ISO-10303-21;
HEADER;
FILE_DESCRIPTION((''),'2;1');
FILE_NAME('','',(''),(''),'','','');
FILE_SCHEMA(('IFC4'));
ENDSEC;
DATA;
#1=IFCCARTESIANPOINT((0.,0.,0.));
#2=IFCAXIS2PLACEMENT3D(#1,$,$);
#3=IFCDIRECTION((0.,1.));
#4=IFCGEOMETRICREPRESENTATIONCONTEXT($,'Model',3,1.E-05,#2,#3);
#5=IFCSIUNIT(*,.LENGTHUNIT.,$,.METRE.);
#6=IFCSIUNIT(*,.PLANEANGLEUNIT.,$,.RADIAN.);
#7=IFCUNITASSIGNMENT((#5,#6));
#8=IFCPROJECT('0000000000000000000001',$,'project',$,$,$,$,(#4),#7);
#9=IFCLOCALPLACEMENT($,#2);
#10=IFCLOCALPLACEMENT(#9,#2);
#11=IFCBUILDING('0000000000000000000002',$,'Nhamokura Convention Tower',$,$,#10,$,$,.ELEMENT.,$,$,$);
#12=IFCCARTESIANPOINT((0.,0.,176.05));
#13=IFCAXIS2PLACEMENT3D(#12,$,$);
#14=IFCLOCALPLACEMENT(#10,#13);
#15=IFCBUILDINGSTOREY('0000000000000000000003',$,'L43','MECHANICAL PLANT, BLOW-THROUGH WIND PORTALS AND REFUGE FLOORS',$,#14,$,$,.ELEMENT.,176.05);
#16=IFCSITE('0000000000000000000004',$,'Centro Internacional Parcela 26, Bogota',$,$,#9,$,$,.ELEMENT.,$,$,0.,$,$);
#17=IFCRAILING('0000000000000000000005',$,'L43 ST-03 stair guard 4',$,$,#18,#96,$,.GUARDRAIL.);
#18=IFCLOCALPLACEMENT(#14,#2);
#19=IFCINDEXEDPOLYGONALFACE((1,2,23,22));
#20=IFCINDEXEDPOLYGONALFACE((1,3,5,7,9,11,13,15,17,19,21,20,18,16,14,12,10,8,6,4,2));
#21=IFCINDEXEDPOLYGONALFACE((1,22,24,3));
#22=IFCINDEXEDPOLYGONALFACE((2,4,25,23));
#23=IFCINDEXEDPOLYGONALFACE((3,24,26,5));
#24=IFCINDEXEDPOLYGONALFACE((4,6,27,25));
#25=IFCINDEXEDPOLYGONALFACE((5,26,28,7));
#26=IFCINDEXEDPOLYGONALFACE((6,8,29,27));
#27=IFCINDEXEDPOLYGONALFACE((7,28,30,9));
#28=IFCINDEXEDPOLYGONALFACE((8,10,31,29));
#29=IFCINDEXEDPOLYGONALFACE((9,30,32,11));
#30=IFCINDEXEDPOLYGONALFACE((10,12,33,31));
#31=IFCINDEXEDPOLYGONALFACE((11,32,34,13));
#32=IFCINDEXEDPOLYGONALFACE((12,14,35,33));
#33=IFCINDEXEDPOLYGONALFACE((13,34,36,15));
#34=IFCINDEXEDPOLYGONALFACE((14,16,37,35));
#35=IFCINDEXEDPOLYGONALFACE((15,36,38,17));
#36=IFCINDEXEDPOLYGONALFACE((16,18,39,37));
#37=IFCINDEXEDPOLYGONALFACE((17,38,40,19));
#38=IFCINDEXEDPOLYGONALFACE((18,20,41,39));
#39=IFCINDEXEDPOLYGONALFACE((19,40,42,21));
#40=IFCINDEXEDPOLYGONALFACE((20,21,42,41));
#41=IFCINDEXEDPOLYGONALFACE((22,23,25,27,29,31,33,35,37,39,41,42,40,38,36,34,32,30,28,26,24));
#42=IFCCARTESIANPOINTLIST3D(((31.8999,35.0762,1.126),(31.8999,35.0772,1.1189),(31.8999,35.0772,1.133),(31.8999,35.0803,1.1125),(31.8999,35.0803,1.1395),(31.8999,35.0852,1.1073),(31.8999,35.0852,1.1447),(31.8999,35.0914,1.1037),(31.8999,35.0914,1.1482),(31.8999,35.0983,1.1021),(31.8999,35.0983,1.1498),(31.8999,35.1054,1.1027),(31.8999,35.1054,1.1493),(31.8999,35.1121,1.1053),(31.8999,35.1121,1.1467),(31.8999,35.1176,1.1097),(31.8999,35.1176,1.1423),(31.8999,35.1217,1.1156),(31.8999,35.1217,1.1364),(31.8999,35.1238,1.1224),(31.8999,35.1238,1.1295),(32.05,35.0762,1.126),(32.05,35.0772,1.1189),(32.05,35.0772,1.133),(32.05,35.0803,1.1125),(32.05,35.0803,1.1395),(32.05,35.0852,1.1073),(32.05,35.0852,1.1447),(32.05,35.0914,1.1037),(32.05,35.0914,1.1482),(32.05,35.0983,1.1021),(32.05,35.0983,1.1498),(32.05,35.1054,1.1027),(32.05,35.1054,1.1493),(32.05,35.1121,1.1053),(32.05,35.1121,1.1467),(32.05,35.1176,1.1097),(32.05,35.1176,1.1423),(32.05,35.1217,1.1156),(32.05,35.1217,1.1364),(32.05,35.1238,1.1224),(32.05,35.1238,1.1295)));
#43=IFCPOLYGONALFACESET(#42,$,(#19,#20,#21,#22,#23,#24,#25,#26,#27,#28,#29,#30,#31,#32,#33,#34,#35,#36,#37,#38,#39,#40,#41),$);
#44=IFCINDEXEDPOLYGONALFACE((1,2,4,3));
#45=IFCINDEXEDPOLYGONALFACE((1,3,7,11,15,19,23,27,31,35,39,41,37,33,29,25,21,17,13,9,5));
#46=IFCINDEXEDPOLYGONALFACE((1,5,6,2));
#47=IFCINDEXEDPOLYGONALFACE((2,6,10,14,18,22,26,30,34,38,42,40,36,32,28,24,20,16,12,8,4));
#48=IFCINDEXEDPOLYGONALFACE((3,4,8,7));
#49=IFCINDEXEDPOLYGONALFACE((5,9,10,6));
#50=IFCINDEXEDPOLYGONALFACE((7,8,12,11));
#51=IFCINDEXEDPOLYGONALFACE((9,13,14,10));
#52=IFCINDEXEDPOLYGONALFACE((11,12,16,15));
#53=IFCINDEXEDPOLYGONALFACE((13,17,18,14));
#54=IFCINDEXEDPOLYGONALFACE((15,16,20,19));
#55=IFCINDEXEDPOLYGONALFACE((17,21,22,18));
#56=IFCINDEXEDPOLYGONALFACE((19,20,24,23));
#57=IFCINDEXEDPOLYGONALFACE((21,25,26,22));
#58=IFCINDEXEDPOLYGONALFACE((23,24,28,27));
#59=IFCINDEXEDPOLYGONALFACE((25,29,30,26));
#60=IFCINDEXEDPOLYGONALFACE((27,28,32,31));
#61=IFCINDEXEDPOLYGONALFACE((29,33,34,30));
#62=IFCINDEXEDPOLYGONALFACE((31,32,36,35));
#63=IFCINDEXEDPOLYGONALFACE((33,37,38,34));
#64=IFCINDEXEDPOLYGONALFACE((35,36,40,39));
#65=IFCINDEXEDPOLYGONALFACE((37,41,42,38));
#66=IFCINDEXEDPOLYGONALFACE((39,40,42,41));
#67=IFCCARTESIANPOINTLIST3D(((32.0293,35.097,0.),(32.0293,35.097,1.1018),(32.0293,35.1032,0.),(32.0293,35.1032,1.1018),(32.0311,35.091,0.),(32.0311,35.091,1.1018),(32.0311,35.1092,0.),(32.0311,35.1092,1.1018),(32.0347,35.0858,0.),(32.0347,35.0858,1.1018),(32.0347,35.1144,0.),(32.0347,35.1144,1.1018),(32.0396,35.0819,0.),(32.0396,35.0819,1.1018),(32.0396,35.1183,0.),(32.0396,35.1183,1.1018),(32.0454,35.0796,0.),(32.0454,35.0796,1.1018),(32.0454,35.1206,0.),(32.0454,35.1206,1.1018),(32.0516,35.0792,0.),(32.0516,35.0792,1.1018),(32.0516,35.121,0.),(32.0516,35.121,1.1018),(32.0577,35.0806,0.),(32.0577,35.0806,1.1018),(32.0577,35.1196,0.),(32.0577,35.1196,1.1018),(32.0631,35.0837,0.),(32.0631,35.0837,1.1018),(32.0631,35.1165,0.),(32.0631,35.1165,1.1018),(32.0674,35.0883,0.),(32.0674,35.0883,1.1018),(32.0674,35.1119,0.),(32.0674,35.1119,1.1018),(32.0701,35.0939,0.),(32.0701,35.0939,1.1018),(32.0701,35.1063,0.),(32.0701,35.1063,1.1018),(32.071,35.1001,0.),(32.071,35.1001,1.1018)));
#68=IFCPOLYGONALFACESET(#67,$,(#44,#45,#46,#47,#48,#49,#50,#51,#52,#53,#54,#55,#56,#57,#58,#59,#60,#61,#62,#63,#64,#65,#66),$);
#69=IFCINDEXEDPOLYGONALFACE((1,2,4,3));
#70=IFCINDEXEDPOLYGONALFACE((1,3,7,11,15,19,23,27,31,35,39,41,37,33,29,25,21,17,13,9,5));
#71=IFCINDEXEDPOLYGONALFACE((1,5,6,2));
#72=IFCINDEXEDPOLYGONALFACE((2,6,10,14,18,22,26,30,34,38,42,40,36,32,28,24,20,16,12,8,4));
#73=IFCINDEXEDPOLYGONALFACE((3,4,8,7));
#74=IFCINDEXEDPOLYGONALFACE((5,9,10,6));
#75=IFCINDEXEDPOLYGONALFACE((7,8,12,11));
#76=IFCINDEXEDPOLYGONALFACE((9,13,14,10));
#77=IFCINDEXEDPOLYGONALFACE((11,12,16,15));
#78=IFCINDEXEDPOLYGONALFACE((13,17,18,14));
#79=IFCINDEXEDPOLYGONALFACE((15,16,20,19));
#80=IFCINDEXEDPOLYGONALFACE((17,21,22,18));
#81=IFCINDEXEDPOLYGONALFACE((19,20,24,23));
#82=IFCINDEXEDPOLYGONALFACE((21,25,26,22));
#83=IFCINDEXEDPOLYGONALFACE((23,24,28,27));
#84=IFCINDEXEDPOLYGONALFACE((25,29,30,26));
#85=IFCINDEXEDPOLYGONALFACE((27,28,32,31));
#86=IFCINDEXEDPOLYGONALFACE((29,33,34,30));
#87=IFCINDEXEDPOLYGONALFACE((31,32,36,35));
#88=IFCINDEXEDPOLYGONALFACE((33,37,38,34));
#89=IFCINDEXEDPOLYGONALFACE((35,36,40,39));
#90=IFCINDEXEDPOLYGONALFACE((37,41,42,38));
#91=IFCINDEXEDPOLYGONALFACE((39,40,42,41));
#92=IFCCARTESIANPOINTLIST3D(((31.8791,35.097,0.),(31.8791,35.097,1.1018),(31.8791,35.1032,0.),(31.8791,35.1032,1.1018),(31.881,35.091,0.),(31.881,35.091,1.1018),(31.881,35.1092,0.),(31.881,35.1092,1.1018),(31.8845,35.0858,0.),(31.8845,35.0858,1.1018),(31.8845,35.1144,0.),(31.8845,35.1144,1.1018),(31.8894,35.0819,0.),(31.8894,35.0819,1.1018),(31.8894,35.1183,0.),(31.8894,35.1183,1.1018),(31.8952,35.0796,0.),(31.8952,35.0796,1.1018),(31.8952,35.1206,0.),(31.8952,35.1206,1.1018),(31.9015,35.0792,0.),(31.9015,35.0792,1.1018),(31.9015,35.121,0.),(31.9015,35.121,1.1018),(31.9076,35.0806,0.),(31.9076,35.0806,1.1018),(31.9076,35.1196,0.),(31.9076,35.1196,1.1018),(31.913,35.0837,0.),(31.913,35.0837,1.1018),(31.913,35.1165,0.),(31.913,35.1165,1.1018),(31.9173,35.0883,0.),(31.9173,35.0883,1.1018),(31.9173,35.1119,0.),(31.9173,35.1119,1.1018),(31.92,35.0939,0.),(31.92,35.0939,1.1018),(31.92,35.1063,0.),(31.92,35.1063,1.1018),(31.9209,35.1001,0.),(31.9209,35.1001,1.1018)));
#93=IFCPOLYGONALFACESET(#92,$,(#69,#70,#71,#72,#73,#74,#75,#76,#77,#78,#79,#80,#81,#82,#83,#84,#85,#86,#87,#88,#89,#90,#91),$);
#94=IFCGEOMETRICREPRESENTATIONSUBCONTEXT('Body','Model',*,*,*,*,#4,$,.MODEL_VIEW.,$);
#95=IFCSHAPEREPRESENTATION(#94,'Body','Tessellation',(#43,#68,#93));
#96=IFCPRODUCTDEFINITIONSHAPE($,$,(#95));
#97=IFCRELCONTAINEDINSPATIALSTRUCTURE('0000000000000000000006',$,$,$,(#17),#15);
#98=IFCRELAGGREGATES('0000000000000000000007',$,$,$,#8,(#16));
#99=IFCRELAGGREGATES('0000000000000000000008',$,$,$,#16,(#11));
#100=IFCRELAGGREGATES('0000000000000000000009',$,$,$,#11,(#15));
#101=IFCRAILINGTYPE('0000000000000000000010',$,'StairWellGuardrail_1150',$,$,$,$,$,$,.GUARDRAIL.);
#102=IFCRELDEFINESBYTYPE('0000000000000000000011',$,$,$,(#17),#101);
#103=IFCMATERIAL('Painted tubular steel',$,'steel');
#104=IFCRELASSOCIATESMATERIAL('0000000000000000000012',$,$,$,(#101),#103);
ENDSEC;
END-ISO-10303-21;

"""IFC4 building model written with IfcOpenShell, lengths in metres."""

from ifc_helpers import new_model, si_unit, direction, frame, origin, origin_2d, place, context, subcontext, project, spatial, circle, extrude, material, type_object, element, save


model = new_model("IFC4")

# Units and contexts
model_context = context("Model", 3, precision=1e-05, world=origin(), true_north=direction((0.0, 1.0)))
body_context = subcontext(model_context, "Body", "Model", "MODEL_VIEW")
ifc_project = project(units=[si_unit("LENGTHUNIT", "METRE"), si_unit("PLANEANGLEUNIT", "RADIAN")], contexts=[model_context])

# Site, building, storey
site_placement = place(None, origin())
site = spatial("IfcSite", under=ifc_project, at=site_placement, Name="Centro Internacional Parcela 26, Bogota", CompositionType="ELEMENT", RefElevation=0.0)
building_placement = place(site_placement, origin())
building = spatial("IfcBuilding", under=site, at=building_placement, Name="Nhamokura Convention Tower", CompositionType="ELEMENT")
storey_placement = place(building_placement, frame((0.0, 0.0, 176.05)))
storey = spatial("IfcBuildingStorey", under=building, at=storey_placement, Name="L43", Description="MECHANICAL PLANT, BLOW-THROUGH WIND PORTALS AND REFUGE FLOORS", CompositionType="ELEMENT", Elevation=176.05)

# Railing
ifc_material_1 = material(Name="Painted tubular steel", Category="steel")
railing_type_1 = type_object("IfcRailingType", Name="StairWellGuardrail_1150", PredefinedType="GUARDRAIL", material=ifc_material_1)
railing_1_placement = place(storey_placement, frame((32.05, 35.1001, 0.0)))
element("IfcRailing", 1, at=railing_1_placement, inside=storey, type_object=railing_type_1, Name="L43 ST-03 stair guard 4", PredefinedType="GUARDRAIL", context=body_context, shape_type="SweptSolid", body=[
    extrude(circle(Radius=0.0239, at=origin_2d()), frame((0.0, 0.0, 1.126), z_axis=(-1.0, 0.0, 0.0), x_axis=(0.0, -1.0, 0.0)), (0.0, 0.0, 1.0), 0.1501),
    extrude(circle(Radius=0.021, at=origin_2d()), origin(), (0.0, 0.0, 1.0), 1.1018),
    extrude(circle(Radius=0.021, at=origin_2d()), frame((-0.1501, 0.0, 0.0)), (0.0, 0.0, 1.0), 1.1018),
])

save(model, "model.ifc")
